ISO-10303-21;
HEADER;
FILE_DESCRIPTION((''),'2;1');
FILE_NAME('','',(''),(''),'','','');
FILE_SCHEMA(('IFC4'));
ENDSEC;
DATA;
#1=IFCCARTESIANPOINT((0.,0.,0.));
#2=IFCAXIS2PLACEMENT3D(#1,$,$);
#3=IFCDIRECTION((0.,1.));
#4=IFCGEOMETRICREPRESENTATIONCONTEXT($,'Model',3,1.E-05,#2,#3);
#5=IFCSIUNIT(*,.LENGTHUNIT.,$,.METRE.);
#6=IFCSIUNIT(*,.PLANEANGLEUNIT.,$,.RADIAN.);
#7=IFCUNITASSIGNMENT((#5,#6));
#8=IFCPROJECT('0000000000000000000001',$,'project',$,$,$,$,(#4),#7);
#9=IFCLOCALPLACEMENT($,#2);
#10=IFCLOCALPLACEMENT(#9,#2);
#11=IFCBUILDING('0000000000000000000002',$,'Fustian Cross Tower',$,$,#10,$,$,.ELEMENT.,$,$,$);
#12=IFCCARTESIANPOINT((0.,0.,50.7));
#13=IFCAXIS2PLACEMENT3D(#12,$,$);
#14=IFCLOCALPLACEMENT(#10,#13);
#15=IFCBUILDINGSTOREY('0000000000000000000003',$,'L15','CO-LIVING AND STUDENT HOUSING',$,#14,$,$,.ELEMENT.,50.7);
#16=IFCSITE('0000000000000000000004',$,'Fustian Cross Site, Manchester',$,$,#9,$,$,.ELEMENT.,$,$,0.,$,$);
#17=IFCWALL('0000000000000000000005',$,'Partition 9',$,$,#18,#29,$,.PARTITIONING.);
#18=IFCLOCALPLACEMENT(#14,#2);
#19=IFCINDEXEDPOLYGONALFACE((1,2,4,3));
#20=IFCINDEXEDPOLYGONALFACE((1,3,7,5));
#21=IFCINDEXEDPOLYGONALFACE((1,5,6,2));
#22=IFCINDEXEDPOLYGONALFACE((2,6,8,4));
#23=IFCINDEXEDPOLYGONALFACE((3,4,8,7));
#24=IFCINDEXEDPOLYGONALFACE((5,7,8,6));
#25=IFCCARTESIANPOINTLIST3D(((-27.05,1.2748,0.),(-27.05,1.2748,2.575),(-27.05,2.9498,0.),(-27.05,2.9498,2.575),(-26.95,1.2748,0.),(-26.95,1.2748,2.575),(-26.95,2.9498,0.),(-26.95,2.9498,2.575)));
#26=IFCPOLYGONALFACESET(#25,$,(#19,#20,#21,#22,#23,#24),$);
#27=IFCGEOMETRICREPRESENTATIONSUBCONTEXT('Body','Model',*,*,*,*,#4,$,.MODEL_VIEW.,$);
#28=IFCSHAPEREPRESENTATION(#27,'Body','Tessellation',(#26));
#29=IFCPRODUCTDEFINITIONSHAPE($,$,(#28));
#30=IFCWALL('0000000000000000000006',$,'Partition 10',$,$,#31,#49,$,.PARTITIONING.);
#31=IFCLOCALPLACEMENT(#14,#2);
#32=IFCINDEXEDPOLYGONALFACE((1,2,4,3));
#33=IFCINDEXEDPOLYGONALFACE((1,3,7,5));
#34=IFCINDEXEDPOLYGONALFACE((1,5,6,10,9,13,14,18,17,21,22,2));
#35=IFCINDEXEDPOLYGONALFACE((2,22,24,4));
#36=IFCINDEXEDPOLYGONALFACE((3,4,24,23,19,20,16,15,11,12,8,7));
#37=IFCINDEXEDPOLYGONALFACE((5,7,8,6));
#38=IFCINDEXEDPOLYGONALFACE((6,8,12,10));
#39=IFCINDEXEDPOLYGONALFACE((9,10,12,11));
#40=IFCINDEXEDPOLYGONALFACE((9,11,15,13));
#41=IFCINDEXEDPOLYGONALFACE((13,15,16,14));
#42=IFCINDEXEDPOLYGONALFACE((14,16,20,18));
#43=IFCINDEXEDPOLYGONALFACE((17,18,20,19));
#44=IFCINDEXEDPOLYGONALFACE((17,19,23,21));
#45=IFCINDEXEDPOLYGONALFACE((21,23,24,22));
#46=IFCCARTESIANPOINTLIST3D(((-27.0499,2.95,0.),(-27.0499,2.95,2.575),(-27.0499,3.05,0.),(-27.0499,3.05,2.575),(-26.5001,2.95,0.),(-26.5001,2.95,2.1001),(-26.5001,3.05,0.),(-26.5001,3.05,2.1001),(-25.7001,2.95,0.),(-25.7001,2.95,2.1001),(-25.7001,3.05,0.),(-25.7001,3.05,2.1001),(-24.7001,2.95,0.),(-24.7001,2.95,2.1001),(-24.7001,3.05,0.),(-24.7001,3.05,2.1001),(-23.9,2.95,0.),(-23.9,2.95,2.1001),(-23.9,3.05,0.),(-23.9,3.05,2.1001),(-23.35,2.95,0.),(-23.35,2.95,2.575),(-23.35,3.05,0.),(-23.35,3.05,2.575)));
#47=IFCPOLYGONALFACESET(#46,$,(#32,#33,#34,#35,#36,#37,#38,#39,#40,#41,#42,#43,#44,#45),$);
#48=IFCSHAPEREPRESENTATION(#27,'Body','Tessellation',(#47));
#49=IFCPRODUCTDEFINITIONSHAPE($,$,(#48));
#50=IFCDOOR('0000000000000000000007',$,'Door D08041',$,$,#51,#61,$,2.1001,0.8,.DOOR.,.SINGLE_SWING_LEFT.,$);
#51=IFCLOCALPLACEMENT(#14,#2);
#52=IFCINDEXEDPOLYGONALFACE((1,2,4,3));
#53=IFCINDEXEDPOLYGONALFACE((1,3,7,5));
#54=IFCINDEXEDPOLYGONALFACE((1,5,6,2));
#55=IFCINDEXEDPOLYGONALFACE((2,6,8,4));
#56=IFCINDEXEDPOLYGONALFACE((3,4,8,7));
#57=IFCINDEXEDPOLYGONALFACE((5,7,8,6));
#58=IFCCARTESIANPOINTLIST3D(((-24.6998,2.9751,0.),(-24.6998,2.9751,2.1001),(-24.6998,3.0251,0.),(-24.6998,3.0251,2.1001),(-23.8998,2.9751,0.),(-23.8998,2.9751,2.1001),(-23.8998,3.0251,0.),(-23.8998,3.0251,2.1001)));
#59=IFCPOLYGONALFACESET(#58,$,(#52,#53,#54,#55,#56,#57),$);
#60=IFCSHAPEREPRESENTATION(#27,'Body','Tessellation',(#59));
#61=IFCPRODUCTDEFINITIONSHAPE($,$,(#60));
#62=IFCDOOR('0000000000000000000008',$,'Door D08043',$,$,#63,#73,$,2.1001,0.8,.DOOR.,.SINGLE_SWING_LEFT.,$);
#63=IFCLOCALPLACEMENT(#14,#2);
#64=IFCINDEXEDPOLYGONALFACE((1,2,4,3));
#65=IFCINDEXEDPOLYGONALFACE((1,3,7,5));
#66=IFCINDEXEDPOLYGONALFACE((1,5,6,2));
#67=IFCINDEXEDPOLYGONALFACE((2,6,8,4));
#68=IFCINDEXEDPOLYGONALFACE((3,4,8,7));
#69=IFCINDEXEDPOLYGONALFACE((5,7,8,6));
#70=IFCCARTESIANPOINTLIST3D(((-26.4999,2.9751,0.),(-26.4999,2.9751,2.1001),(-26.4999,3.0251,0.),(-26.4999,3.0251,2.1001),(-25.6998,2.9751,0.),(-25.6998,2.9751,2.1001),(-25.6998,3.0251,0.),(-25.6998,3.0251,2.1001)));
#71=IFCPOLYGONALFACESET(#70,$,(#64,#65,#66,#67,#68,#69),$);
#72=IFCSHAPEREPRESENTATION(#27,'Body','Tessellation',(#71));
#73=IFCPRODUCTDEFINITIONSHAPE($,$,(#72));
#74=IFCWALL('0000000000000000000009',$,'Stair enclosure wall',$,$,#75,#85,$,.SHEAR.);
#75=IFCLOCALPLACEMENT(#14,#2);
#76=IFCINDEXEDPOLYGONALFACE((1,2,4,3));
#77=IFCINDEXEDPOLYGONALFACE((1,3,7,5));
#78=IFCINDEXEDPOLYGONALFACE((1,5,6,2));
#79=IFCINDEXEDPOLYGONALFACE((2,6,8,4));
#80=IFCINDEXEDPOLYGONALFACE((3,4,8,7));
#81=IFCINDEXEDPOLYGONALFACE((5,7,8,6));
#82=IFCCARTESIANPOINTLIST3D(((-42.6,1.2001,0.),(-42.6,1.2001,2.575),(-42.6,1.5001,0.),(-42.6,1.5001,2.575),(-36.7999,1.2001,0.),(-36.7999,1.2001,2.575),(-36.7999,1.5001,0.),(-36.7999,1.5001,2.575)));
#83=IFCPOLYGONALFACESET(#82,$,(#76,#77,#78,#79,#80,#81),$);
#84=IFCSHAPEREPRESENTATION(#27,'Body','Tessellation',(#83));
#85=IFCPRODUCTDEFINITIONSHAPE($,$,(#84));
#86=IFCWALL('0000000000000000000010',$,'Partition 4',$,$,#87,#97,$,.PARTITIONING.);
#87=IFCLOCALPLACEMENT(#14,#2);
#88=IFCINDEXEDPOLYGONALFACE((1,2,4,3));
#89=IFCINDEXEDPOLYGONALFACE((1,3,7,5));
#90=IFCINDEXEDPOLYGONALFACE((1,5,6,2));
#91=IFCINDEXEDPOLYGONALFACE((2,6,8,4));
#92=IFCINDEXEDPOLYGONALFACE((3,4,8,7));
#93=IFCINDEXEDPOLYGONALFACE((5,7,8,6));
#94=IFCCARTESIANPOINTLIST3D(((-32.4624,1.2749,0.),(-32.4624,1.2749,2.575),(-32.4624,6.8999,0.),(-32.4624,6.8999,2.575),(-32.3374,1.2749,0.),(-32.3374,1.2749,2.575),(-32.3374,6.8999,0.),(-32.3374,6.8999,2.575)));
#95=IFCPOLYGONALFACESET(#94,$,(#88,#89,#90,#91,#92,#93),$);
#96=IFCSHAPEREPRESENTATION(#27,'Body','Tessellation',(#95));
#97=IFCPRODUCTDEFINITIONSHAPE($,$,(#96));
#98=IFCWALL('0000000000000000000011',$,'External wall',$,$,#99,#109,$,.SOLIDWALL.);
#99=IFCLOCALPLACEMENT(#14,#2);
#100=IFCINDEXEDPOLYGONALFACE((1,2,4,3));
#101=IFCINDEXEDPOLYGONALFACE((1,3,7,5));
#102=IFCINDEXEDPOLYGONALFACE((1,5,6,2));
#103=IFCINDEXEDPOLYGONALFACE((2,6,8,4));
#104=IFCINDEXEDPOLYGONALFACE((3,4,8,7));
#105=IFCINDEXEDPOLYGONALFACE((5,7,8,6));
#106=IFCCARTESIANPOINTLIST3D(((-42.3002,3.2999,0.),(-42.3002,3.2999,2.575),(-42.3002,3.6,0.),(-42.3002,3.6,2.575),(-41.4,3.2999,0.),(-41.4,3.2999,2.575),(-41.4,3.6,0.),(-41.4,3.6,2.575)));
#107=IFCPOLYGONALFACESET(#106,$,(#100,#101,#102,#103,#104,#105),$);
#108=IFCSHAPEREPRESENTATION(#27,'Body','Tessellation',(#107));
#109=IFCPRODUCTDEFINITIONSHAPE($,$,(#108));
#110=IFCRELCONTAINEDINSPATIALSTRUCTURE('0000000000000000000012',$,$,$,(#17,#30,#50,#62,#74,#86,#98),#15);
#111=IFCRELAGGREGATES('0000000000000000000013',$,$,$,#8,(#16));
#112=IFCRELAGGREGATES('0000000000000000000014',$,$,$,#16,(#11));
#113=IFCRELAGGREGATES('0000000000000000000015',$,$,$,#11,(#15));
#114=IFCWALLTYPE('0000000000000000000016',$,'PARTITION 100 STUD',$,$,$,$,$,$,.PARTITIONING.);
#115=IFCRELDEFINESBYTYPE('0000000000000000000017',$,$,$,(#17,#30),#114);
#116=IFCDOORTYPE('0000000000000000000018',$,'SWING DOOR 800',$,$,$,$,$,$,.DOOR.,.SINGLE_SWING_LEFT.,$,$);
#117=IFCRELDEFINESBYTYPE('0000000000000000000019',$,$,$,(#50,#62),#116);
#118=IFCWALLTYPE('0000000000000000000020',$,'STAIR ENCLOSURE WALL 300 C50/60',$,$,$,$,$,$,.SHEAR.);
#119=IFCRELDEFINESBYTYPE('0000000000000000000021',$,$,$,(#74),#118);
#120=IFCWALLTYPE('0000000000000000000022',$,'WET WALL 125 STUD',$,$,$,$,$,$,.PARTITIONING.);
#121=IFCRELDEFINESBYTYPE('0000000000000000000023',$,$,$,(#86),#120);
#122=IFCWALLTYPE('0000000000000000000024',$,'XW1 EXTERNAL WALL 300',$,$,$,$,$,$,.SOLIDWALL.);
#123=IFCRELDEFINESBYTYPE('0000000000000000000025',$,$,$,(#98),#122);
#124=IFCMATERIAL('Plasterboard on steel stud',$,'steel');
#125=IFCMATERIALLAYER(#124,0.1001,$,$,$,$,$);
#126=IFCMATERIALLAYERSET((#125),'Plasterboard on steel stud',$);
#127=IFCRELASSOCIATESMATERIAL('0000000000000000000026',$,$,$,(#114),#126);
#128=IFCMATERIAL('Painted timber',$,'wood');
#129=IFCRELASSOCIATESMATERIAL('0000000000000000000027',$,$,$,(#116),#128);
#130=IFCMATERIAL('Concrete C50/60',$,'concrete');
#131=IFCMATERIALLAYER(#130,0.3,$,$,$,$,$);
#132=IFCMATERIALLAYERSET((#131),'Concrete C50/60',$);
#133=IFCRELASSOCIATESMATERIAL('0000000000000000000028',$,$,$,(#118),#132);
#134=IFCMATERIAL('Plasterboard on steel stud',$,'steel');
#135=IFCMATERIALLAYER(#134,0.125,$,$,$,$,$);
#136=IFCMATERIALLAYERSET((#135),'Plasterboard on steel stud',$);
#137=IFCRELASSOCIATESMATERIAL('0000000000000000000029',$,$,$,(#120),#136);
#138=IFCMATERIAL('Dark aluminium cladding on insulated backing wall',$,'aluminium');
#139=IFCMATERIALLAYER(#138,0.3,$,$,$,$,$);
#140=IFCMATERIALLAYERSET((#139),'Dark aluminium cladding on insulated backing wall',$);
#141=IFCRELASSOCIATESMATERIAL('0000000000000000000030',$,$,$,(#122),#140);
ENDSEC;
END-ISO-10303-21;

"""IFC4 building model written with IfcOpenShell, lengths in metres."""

from ifc_helpers import new_model, si_unit, direction, frame, frame_2d, origin, place, context, subcontext, project, spatial, rectangle, extrude, material, layer, layer_set, type_object, element, fill, save


model = new_model("IFC4")

# Units and contexts
model_context = context("Model", 3, precision=1e-05, world=origin(), true_north=direction((0.0, 1.0)))
body_context = subcontext(model_context, "Body", "Model", "MODEL_VIEW")
ifc_project = project(units=[si_unit("LENGTHUNIT", "METRE"), si_unit("PLANEANGLEUNIT", "RADIAN")], contexts=[model_context])

# Site, building, storey
site_placement = place(None, origin())
site = spatial("IfcSite", under=ifc_project, at=site_placement, Name="Fustian Cross Site, Manchester", CompositionType="ELEMENT", RefElevation=0.0)
building_placement = place(site_placement, origin())
building = spatial("IfcBuilding", under=site, at=building_placement, Name="Fustian Cross Tower", CompositionType="ELEMENT")
storey_placement = place(building_placement, frame((0.0, 0.0, 50.7)))
storey = spatial("IfcBuildingStorey", under=building, at=storey_placement, Name="L15", Description="CO-LIVING AND STUDENT HOUSING", CompositionType="ELEMENT", Elevation=50.7)

# Wall
ifc_material_1 = material(Name="Plasterboard on steel stud", Category="steel")
ifc_layer_1 = layer(ifc_material_1, 0.1001)
ifc_layer_set_1 = layer_set([ifc_layer_1], Name="Plasterboard on steel stud")
wall_type_1 = type_object("IfcWallType", Name="PARTITION 100 STUD", PredefinedType="PARTITIONING", material=ifc_layer_set_1)
wall_1_placement = place(storey_placement, frame((-27.0, 1.2749, 0.0), z_axis=(0.0, 0.0, 1.0), x_axis=(0.0, 1.0, 0.0)))
element("IfcWall", 1, at=wall_1_placement, inside=storey, type_object=wall_type_1, Name="Partition 9", PredefinedType="PARTITIONING", context=body_context, shape_type="SweptSolid", body=[
    extrude(rectangle(XDim=1.675, YDim=0.1001, at=frame_2d((0.8374, 0.0))), origin(), (0.0, 0.0, 1.0), 2.575),
])

# Wall, openings, doors
wall_2_placement = place(storey_placement, frame((-27.05, 3.0, 0.0), z_axis=(0.0, 0.0, 1.0), x_axis=(1.0, 0.0, 0.0)))
wall_2 = element("IfcWall", 2, at=wall_2_placement, inside=storey, type_object=wall_type_1, Name="Partition 10", PredefinedType="PARTITIONING", context=body_context, shape_type="SweptSolid", body=[
    extrude(rectangle(XDim=3.7, YDim=0.1001, at=frame_2d((1.8501, 0.0))), origin(), (0.0, 0.0, 1.0), 2.575),
])
opening_1_placement = place(wall_2_placement, frame((2.3501, 0.0, 0.0)))
opening_1 = element("IfcOpeningElement", 3, at=opening_1_placement, cuts=wall_2, PredefinedType="OPENING", context=body_context, shape_type="SweptSolid", body=[
    extrude(rectangle(XDim=0.8, YDim=2.1001, at=frame_2d((0.3999, 1.05))), frame((0.0, 0.0601, 0.0), z_axis=(0.0, -1.0, 0.0), x_axis=(1.0, 0.0, 0.0)), (0.0, 0.0, 1.0), 0.1201),
])
opening_2_placement = place(wall_2_placement, frame((0.55, 0.0, 0.0)))
opening_2 = element("IfcOpeningElement", 4, at=opening_2_placement, cuts=wall_2, PredefinedType="OPENING", context=body_context, shape_type="SweptSolid", body=[
    extrude(rectangle(XDim=0.8, YDim=2.1001, at=frame_2d((0.3999, 1.05))), frame((0.0, 0.0601, 0.0), z_axis=(0.0, -1.0, 0.0), x_axis=(1.0, 0.0, 0.0)), (0.0, 0.0, 1.0), 0.1201),
])
ifc_material_2 = material(Name="Painted timber", Category="wood")
door_type_1 = type_object("IfcDoorType", Name="SWING DOOR 800", OperationType="SINGLE_SWING_LEFT", PredefinedType="DOOR", material=ifc_material_2)
door_1_placement = place(opening_1_placement, frame((0.8, 0.0, 0.0), z_axis=(0.0, 0.0, 1.0), x_axis=(-1.0, 0.0, 0.0)))
door_1 = element("IfcDoor", 5, at=door_1_placement, inside=storey, type_object=door_type_1, Name="Door D08041", OperationType="SINGLE_SWING_LEFT", OverallHeight=2.1001, OverallWidth=0.8, PredefinedType="DOOR", context=body_context, shape_type="SweptSolid", body=[
    extrude(rectangle(XDim=0.8, YDim=2.1001, at=frame_2d((0.3999, 1.05))), frame((0.0, 0.0249, 0.0), z_axis=(0.0, -1.0, 0.0), x_axis=(1.0, 0.0, 0.0)), (0.0, 0.0, 1.0), 0.05),
])
fill(opening_1, door_1)
door_2_placement = place(opening_2_placement, frame((0.8, 0.0, 0.0), z_axis=(0.0, 0.0, 1.0), x_axis=(-1.0, 0.0, 0.0)))
door_2 = element("IfcDoor", 6, at=door_2_placement, inside=storey, type_object=door_type_1, Name="Door D08043", OperationType="SINGLE_SWING_LEFT", OverallHeight=2.1001, OverallWidth=0.8, PredefinedType="DOOR", context=body_context, shape_type="SweptSolid", body=[
    extrude(rectangle(XDim=0.8, YDim=2.1001, at=frame_2d((0.3999, 1.05))), frame((0.0, 0.0249, 0.0), z_axis=(0.0, -1.0, 0.0), x_axis=(1.0, 0.0, 0.0)), (0.0, 0.0, 1.0), 0.05),
])
fill(opening_2, door_2)

# Walls
ifc_material_3 = material(Name="Concrete C50/60", Category="concrete")
ifc_layer_2 = layer(ifc_material_3, 0.3)
ifc_layer_set_2 = layer_set([ifc_layer_2], Name="Concrete C50/60")
wall_type_2 = type_object("IfcWallType", Name="STAIR ENCLOSURE WALL 300 C50/60", PredefinedType="SHEAR", material=ifc_layer_set_2)
wall_3_placement = place(storey_placement, frame((-36.8, 1.3501, 0.0), z_axis=(0.0, 0.0, 1.0), x_axis=(-1.0, 0.0, 0.0)))
element("IfcWall", 7, at=wall_3_placement, inside=storey, type_object=wall_type_2, Name="Stair enclosure wall", PredefinedType="SHEAR", context=body_context, shape_type="SweptSolid", body=[
    extrude(rectangle(XDim=5.8, YDim=0.3, at=frame_2d((2.8999, 0.0))), origin(), (0.0, 0.0, 1.0), 2.575),
])
ifc_material_4 = material(Name="Plasterboard on steel stud", Category="steel")
ifc_layer_3 = layer(ifc_material_4, 0.125)
ifc_layer_set_3 = layer_set([ifc_layer_3], Name="Plasterboard on steel stud")
wall_type_3 = type_object("IfcWallType", Name="WET WALL 125 STUD", PredefinedType="PARTITIONING", material=ifc_layer_set_3)
wall_4_placement = place(storey_placement, frame((-32.3999, 1.2749, 0.0), z_axis=(0.0, 0.0, 1.0), x_axis=(0.0, 1.0, 0.0)))
element("IfcWall", 8, at=wall_4_placement, inside=storey, type_object=wall_type_3, Name="Partition 4", PredefinedType="PARTITIONING", context=body_context, shape_type="SweptSolid", body=[
    extrude(rectangle(XDim=5.625, YDim=0.125, at=frame_2d((2.8125, 0.0))), origin(), (0.0, 0.0, 1.0), 2.575),
])
ifc_material_5 = material(Name="Dark aluminium cladding on insulated backing wall", Category="aluminium")
ifc_layer_4 = layer(ifc_material_5, 0.3)
ifc_layer_set_4 = layer_set([ifc_layer_4], Name="Dark aluminium cladding on insulated backing wall")
wall_type_4 = type_object("IfcWallType", Name="XW1 EXTERNAL WALL 300", PredefinedType="SOLIDWALL", material=ifc_layer_set_4)
wall_5_placement = place(storey_placement, frame((-41.3999, 3.45, 0.0), z_axis=(0.0, 0.0, 1.0), x_axis=(-1.0, 0.0, 0.0)))
element("IfcWall", 9, at=wall_5_placement, inside=storey, type_object=wall_type_4, Name="External wall", PredefinedType="SOLIDWALL", context=body_context, shape_type="SweptSolid", body=[
    extrude(rectangle(XDim=0.9001, YDim=0.3, at=frame_2d((0.4502, 0.0))), origin(), (0.0, 0.0, 1.0), 2.575),
])

save(model, "model.ifc")
